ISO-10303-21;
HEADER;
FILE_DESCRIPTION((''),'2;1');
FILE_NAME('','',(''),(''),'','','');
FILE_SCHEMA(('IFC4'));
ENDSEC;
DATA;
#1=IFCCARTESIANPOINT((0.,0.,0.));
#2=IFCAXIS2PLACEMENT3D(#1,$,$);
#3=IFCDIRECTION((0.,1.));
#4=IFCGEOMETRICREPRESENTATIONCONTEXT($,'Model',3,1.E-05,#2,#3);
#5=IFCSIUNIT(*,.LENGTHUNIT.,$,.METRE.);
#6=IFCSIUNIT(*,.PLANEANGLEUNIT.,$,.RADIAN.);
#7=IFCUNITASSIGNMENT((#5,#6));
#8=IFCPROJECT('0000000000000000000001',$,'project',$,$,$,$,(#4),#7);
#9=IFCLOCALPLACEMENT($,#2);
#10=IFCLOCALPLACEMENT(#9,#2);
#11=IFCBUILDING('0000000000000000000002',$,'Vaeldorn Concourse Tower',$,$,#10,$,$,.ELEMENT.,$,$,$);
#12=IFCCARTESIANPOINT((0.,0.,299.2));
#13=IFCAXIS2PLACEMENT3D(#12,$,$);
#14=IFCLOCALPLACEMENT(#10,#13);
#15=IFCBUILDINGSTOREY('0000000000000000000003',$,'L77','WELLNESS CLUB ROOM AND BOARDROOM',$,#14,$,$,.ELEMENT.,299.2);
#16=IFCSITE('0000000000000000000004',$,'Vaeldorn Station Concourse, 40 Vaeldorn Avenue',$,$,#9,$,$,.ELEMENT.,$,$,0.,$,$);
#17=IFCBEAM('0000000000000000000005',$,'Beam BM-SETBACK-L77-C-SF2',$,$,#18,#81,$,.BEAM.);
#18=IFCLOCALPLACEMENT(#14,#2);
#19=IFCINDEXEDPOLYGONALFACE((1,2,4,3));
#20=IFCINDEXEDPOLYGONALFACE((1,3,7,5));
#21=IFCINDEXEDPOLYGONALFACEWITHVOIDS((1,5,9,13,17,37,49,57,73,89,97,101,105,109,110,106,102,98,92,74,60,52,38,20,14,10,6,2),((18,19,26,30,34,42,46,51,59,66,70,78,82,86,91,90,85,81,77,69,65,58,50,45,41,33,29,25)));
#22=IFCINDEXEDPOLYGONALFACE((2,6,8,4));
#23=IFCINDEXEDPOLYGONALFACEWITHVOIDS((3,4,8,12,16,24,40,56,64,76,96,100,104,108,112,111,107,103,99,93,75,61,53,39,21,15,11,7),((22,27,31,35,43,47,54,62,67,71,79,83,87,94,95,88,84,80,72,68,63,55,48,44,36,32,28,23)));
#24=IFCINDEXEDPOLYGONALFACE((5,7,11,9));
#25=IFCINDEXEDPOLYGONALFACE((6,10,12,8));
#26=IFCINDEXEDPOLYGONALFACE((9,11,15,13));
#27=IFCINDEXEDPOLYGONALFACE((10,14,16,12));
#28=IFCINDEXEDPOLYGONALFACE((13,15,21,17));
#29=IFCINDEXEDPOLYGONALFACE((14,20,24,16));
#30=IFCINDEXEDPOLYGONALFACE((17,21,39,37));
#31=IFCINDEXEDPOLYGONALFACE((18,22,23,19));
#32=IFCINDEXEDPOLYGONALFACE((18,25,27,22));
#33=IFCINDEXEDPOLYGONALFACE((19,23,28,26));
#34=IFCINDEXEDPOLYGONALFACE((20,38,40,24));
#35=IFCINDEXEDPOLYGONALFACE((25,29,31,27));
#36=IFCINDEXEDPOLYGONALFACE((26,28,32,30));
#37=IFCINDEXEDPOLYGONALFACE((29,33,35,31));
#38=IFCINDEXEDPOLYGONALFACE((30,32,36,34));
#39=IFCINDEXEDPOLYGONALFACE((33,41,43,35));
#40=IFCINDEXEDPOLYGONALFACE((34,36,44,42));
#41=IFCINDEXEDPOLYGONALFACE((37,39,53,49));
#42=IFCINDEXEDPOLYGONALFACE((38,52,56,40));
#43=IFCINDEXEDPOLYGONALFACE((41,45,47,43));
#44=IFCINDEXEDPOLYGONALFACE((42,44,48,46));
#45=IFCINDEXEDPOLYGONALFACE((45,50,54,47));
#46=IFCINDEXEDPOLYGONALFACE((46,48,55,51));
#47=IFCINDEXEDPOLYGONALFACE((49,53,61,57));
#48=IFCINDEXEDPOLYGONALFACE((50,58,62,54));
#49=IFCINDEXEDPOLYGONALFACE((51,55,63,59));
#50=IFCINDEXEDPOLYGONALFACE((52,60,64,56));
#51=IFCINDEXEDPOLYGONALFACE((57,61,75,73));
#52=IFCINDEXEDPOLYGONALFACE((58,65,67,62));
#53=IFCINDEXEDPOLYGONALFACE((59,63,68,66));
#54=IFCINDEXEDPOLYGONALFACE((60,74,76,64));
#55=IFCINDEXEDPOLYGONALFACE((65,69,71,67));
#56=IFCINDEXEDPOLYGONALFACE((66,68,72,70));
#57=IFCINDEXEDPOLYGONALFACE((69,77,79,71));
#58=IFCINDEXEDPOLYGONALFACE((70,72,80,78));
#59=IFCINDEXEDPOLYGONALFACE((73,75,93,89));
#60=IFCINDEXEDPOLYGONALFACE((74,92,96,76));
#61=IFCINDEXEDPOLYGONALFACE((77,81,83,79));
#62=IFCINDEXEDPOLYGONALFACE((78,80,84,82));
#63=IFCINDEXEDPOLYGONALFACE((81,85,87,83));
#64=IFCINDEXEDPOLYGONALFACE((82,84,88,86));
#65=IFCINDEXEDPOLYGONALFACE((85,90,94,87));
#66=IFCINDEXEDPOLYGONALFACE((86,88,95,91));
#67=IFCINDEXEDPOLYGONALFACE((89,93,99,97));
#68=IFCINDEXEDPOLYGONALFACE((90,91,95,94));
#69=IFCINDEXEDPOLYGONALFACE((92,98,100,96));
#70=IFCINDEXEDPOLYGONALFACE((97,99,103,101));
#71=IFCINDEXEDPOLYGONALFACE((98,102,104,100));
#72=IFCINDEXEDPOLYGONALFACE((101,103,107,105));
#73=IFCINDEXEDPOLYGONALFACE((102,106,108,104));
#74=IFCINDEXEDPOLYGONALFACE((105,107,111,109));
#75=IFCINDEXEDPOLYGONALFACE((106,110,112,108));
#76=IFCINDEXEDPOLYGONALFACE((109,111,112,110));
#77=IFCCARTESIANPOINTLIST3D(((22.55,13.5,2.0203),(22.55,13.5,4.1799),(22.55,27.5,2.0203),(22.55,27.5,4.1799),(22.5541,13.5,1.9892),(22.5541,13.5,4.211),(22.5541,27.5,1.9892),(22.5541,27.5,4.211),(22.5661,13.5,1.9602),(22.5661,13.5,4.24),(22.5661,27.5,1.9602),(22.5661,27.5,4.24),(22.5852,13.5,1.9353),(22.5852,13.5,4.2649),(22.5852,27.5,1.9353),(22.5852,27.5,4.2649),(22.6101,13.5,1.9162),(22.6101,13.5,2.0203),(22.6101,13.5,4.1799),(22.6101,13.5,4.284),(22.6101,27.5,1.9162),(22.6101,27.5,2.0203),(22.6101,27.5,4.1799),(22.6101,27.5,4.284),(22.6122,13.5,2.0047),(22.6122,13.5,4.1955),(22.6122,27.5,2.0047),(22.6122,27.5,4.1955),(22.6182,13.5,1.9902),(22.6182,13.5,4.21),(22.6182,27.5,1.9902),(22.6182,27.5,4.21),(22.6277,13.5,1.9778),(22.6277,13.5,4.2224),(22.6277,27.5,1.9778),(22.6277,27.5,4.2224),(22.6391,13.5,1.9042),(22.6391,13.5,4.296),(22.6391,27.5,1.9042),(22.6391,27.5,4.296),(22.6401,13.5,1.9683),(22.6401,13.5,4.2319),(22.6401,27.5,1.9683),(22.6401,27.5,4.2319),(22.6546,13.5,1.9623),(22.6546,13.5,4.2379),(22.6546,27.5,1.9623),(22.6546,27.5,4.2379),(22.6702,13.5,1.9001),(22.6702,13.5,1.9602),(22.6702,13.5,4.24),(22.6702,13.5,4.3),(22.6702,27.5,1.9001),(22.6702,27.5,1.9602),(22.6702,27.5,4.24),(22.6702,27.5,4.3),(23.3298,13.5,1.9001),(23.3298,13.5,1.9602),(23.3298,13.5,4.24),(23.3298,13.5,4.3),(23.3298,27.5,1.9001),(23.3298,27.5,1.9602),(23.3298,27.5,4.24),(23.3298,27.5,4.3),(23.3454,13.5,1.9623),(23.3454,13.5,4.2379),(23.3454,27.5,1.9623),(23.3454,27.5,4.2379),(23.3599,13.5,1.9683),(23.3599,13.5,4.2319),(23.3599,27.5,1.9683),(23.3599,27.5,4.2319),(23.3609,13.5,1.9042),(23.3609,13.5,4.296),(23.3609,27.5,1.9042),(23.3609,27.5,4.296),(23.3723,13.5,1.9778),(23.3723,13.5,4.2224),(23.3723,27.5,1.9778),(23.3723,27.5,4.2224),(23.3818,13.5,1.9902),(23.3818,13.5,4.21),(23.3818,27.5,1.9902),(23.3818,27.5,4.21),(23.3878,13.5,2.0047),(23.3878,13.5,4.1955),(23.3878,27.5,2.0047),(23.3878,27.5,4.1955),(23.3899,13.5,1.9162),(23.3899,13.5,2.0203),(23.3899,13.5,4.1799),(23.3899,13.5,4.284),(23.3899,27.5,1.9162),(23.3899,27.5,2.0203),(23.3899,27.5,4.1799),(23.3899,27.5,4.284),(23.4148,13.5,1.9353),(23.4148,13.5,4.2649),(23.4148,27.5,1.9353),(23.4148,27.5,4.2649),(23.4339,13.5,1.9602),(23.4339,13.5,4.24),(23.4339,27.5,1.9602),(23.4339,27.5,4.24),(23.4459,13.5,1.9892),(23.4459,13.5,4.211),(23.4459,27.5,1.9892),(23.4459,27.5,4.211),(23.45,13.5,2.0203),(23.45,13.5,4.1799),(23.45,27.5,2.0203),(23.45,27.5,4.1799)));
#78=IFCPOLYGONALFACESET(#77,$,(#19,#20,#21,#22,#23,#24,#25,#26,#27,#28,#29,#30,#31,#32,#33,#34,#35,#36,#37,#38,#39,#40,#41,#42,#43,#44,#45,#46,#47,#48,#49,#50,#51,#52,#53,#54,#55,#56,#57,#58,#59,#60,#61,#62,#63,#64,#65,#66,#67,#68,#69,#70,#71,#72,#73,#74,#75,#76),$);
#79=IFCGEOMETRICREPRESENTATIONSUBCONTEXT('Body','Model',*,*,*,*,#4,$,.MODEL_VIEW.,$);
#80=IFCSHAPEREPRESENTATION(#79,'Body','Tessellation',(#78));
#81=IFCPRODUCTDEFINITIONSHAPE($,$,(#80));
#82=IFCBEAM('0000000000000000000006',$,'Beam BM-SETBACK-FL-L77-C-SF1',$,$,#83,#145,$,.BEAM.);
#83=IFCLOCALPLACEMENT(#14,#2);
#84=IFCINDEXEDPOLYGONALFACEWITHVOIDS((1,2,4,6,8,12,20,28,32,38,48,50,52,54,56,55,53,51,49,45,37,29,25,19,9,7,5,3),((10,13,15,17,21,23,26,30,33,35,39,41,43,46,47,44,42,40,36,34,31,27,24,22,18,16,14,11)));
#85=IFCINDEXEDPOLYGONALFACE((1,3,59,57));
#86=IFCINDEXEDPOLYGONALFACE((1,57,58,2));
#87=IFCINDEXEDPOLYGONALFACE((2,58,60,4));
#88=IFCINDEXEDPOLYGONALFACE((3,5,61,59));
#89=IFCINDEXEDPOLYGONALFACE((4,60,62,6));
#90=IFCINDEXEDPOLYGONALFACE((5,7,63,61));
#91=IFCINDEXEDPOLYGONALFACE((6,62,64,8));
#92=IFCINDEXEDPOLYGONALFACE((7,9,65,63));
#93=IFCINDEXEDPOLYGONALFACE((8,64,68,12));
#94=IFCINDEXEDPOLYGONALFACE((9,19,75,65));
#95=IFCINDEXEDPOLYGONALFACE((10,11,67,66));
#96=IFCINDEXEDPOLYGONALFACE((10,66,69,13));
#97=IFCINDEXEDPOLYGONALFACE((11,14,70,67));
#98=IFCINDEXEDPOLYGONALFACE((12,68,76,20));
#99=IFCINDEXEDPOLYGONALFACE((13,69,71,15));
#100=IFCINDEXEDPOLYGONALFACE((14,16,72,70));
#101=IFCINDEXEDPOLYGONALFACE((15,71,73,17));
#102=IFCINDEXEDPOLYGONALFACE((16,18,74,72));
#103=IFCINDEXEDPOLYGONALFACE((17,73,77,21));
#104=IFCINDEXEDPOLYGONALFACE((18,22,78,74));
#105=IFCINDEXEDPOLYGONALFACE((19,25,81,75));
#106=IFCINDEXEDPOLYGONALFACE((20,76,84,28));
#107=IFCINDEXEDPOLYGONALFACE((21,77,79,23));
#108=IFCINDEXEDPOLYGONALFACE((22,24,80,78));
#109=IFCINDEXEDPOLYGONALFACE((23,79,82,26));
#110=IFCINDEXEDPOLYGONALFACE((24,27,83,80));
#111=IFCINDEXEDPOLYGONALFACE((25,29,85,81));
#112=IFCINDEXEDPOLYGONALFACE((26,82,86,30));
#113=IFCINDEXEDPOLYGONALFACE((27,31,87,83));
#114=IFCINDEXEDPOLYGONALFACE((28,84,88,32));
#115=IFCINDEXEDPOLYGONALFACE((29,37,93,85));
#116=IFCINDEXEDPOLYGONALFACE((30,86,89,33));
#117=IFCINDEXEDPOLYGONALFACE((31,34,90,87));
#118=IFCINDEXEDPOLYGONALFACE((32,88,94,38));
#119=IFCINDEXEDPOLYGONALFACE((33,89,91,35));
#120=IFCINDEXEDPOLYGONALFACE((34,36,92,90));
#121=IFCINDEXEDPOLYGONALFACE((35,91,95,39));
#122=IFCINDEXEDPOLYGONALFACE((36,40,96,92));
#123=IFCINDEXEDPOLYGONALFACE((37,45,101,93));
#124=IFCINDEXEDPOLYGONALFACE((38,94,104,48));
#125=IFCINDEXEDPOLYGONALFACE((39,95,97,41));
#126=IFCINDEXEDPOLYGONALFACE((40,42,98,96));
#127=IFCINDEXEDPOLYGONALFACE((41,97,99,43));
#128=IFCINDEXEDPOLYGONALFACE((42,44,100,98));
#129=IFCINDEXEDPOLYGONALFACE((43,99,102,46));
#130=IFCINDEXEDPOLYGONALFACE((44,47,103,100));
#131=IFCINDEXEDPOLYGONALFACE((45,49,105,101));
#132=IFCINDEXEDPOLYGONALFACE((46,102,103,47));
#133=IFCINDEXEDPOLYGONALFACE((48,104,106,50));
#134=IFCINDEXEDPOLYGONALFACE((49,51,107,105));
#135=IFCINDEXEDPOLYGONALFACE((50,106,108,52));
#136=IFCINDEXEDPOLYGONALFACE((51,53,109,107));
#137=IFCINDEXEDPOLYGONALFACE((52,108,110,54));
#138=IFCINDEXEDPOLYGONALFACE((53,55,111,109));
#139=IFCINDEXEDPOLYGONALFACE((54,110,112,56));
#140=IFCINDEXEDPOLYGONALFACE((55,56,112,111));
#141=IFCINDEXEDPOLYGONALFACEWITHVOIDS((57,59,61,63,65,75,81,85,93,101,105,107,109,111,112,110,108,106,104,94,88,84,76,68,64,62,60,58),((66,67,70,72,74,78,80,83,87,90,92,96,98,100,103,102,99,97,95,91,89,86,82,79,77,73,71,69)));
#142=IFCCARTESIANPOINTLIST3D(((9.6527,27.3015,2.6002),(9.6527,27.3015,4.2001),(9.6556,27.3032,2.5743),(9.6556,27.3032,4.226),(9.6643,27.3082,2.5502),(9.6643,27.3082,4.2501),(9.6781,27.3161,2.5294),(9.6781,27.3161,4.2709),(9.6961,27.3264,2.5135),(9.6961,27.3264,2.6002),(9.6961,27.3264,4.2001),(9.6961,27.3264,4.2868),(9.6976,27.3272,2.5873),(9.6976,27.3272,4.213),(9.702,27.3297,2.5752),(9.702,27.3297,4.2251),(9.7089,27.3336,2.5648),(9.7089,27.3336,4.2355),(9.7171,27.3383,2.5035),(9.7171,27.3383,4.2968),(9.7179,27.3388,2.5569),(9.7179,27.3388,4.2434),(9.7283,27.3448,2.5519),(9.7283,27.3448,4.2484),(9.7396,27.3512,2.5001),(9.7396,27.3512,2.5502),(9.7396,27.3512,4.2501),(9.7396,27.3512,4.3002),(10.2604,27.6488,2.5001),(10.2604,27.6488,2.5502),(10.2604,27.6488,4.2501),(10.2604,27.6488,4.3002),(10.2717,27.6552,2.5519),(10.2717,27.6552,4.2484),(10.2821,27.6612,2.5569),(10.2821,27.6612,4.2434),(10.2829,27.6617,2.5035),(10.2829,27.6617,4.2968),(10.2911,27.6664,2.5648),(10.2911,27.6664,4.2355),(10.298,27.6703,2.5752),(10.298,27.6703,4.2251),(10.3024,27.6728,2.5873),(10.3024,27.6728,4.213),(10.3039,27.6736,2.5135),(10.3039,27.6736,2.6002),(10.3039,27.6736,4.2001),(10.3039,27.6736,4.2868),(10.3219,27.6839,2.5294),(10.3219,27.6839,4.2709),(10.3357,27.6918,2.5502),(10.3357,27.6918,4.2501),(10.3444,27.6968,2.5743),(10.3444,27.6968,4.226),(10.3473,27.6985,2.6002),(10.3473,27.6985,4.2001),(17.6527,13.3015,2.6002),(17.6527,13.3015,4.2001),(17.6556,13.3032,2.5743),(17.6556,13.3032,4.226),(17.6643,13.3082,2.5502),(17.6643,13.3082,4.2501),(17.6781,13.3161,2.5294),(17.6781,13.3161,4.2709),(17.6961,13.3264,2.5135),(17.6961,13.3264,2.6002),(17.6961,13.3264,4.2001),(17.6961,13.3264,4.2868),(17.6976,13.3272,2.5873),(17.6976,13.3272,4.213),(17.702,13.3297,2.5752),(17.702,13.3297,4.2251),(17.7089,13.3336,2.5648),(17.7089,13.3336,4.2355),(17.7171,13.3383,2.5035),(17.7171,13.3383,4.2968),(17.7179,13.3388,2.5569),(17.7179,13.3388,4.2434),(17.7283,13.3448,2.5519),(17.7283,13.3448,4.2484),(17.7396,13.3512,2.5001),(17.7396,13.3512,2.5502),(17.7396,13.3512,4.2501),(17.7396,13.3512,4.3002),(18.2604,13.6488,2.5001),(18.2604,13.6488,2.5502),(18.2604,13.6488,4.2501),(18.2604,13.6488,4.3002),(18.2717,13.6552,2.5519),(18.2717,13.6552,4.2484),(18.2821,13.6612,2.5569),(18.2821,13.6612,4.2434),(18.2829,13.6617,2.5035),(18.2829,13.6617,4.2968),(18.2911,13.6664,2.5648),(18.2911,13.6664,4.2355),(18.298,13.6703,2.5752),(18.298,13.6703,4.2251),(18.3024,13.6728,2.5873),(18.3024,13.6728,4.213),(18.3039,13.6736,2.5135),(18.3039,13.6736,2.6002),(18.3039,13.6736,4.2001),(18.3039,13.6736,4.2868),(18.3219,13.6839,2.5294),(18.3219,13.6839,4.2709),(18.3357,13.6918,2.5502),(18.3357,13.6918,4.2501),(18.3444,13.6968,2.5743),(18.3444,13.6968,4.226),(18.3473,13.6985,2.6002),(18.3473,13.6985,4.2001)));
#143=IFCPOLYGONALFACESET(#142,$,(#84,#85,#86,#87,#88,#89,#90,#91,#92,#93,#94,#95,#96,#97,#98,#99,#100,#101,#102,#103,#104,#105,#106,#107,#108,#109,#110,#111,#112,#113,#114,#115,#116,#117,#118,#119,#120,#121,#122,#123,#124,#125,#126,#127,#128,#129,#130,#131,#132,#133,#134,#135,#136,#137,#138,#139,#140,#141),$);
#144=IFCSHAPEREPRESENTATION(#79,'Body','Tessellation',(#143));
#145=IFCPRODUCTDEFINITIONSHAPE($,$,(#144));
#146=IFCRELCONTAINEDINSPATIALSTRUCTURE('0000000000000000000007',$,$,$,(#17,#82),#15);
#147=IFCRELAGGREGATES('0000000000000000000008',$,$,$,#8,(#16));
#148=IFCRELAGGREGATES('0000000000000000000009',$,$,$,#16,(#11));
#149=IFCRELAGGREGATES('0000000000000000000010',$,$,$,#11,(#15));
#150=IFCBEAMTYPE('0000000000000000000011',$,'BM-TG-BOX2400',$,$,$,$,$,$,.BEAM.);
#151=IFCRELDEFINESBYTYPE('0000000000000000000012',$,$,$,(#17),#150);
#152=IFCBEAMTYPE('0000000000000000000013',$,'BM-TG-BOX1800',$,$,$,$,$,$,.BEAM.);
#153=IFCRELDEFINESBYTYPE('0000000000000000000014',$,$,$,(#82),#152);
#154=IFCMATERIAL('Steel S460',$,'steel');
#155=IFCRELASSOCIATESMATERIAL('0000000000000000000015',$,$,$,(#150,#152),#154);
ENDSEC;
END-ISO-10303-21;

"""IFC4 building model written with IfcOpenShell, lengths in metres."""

from ifc_helpers import new_model, si_unit, direction, frame, origin, origin_2d, place, context, subcontext, project, spatial, hollow_rectangle, extrude, source, transform, mapped, material, material_profile, profile_set, type_object, element, save


model = new_model("IFC4")

# Units and contexts
model_context = context("Model", 3, precision=1e-05, world=origin(), true_north=direction((0.0, 1.0)))
body_context = subcontext(model_context, "Body", "Model", "MODEL_VIEW")
ifc_project = project(units=[si_unit("LENGTHUNIT", "METRE"), si_unit("PLANEANGLEUNIT", "RADIAN")], contexts=[model_context])

# Site, building, storey
site_placement = place(None, origin())
site = spatial("IfcSite", under=ifc_project, at=site_placement, Name="Vaeldorn Station Concourse, 40 Vaeldorn Avenue", CompositionType="ELEMENT", RefElevation=0.0)
building_placement = place(site_placement, origin())
building = spatial("IfcBuilding", under=site, at=building_placement, Name="Vaeldorn Concourse Tower", CompositionType="ELEMENT")
storey_placement = place(building_placement, frame((0.0, 0.0, 299.2)))
storey = spatial("IfcBuildingStorey", under=building, at=storey_placement, Name="L77", Description="WELLNESS CLUB ROOM AND BOARDROOM", CompositionType="ELEMENT", Elevation=299.2)

# Beams
ifc_material_1 = material(Name="Steel S460", Category="steel")
ifc_material_profile_1 = material_profile(ifc_material_1, hollow_rectangle(XDim=0.8999, YDim=2.3999, WallThickness=0.0601, InnerFilletRadius=0.0601, OuterFilletRadius=0.1201, at=origin_2d()), Name="RHS 2400x900x60")
ifc_profile_set_1 = profile_set([ifc_material_profile_1], Name="Steel S460")
beam_type_1 = type_object("IfcBeamType", Name="BM-TG-BOX2400", PredefinedType="BEAM", material=ifc_profile_set_1)
shared_shape_1 = source(origin(), body_context, "Body", "SweptSolid", [
    extrude(hollow_rectangle(XDim=0.8999, YDim=2.3999, WallThickness=0.0601, InnerFilletRadius=0.0601, OuterFilletRadius=0.1201, at=origin_2d()), origin(), (0.0, 0.0, 1.0), 14.0),
])
beam_1_placement = place(storey_placement, frame((23.0, 13.5, 3.1001), z_axis=(0.0, 1.0, 0.0), x_axis=(-1.0, 0.0, 0.0)))
element("IfcBeam", 1, at=beam_1_placement, inside=storey, type_object=beam_type_1, Name="Beam BM-SETBACK-L77-C-SF2", PredefinedType="BEAM", context=body_context, shape_type="MappedRepresentation", body=[
    mapped(shared_shape_1, transform((0.0, 0.0, 0.0), scale=1.0)),
])
ifc_material_profile_2 = material_profile(ifc_material_1, hollow_rectangle(XDim=0.8, YDim=1.8, WallThickness=0.05, InnerFilletRadius=0.05, OuterFilletRadius=0.1001, at=origin_2d()), Name="RHS 1800x800x50")
ifc_profile_set_2 = profile_set([ifc_material_profile_2], Name="Steel S460")
beam_type_2 = type_object("IfcBeamType", Name="BM-TG-BOX1800", PredefinedType="BEAM", material=ifc_profile_set_2)
shared_shape_2 = source(origin(), body_context, "Body", "SweptSolid", [
    extrude(hollow_rectangle(XDim=0.8, YDim=1.8, WallThickness=0.05, InnerFilletRadius=0.05, OuterFilletRadius=0.1001, at=origin_2d()), origin(), (0.0, 0.0, 1.0), 16.1245),
])
beam_2_placement = place(storey_placement, frame((18.0, 13.5, 3.4001), z_axis=(-0.496139, 0.868243, 0.0), x_axis=(-0.868243, -0.496139, 0.0)))
element("IfcBeam", 2, at=beam_2_placement, inside=storey, type_object=beam_type_2, Name="Beam BM-SETBACK-FL-L77-C-SF1", PredefinedType="BEAM", context=body_context, shape_type="MappedRepresentation", body=[
    mapped(shared_shape_2, transform((0.0, 0.0, 0.0), scale=1.0)),
])

save(model, "model.ifc")
